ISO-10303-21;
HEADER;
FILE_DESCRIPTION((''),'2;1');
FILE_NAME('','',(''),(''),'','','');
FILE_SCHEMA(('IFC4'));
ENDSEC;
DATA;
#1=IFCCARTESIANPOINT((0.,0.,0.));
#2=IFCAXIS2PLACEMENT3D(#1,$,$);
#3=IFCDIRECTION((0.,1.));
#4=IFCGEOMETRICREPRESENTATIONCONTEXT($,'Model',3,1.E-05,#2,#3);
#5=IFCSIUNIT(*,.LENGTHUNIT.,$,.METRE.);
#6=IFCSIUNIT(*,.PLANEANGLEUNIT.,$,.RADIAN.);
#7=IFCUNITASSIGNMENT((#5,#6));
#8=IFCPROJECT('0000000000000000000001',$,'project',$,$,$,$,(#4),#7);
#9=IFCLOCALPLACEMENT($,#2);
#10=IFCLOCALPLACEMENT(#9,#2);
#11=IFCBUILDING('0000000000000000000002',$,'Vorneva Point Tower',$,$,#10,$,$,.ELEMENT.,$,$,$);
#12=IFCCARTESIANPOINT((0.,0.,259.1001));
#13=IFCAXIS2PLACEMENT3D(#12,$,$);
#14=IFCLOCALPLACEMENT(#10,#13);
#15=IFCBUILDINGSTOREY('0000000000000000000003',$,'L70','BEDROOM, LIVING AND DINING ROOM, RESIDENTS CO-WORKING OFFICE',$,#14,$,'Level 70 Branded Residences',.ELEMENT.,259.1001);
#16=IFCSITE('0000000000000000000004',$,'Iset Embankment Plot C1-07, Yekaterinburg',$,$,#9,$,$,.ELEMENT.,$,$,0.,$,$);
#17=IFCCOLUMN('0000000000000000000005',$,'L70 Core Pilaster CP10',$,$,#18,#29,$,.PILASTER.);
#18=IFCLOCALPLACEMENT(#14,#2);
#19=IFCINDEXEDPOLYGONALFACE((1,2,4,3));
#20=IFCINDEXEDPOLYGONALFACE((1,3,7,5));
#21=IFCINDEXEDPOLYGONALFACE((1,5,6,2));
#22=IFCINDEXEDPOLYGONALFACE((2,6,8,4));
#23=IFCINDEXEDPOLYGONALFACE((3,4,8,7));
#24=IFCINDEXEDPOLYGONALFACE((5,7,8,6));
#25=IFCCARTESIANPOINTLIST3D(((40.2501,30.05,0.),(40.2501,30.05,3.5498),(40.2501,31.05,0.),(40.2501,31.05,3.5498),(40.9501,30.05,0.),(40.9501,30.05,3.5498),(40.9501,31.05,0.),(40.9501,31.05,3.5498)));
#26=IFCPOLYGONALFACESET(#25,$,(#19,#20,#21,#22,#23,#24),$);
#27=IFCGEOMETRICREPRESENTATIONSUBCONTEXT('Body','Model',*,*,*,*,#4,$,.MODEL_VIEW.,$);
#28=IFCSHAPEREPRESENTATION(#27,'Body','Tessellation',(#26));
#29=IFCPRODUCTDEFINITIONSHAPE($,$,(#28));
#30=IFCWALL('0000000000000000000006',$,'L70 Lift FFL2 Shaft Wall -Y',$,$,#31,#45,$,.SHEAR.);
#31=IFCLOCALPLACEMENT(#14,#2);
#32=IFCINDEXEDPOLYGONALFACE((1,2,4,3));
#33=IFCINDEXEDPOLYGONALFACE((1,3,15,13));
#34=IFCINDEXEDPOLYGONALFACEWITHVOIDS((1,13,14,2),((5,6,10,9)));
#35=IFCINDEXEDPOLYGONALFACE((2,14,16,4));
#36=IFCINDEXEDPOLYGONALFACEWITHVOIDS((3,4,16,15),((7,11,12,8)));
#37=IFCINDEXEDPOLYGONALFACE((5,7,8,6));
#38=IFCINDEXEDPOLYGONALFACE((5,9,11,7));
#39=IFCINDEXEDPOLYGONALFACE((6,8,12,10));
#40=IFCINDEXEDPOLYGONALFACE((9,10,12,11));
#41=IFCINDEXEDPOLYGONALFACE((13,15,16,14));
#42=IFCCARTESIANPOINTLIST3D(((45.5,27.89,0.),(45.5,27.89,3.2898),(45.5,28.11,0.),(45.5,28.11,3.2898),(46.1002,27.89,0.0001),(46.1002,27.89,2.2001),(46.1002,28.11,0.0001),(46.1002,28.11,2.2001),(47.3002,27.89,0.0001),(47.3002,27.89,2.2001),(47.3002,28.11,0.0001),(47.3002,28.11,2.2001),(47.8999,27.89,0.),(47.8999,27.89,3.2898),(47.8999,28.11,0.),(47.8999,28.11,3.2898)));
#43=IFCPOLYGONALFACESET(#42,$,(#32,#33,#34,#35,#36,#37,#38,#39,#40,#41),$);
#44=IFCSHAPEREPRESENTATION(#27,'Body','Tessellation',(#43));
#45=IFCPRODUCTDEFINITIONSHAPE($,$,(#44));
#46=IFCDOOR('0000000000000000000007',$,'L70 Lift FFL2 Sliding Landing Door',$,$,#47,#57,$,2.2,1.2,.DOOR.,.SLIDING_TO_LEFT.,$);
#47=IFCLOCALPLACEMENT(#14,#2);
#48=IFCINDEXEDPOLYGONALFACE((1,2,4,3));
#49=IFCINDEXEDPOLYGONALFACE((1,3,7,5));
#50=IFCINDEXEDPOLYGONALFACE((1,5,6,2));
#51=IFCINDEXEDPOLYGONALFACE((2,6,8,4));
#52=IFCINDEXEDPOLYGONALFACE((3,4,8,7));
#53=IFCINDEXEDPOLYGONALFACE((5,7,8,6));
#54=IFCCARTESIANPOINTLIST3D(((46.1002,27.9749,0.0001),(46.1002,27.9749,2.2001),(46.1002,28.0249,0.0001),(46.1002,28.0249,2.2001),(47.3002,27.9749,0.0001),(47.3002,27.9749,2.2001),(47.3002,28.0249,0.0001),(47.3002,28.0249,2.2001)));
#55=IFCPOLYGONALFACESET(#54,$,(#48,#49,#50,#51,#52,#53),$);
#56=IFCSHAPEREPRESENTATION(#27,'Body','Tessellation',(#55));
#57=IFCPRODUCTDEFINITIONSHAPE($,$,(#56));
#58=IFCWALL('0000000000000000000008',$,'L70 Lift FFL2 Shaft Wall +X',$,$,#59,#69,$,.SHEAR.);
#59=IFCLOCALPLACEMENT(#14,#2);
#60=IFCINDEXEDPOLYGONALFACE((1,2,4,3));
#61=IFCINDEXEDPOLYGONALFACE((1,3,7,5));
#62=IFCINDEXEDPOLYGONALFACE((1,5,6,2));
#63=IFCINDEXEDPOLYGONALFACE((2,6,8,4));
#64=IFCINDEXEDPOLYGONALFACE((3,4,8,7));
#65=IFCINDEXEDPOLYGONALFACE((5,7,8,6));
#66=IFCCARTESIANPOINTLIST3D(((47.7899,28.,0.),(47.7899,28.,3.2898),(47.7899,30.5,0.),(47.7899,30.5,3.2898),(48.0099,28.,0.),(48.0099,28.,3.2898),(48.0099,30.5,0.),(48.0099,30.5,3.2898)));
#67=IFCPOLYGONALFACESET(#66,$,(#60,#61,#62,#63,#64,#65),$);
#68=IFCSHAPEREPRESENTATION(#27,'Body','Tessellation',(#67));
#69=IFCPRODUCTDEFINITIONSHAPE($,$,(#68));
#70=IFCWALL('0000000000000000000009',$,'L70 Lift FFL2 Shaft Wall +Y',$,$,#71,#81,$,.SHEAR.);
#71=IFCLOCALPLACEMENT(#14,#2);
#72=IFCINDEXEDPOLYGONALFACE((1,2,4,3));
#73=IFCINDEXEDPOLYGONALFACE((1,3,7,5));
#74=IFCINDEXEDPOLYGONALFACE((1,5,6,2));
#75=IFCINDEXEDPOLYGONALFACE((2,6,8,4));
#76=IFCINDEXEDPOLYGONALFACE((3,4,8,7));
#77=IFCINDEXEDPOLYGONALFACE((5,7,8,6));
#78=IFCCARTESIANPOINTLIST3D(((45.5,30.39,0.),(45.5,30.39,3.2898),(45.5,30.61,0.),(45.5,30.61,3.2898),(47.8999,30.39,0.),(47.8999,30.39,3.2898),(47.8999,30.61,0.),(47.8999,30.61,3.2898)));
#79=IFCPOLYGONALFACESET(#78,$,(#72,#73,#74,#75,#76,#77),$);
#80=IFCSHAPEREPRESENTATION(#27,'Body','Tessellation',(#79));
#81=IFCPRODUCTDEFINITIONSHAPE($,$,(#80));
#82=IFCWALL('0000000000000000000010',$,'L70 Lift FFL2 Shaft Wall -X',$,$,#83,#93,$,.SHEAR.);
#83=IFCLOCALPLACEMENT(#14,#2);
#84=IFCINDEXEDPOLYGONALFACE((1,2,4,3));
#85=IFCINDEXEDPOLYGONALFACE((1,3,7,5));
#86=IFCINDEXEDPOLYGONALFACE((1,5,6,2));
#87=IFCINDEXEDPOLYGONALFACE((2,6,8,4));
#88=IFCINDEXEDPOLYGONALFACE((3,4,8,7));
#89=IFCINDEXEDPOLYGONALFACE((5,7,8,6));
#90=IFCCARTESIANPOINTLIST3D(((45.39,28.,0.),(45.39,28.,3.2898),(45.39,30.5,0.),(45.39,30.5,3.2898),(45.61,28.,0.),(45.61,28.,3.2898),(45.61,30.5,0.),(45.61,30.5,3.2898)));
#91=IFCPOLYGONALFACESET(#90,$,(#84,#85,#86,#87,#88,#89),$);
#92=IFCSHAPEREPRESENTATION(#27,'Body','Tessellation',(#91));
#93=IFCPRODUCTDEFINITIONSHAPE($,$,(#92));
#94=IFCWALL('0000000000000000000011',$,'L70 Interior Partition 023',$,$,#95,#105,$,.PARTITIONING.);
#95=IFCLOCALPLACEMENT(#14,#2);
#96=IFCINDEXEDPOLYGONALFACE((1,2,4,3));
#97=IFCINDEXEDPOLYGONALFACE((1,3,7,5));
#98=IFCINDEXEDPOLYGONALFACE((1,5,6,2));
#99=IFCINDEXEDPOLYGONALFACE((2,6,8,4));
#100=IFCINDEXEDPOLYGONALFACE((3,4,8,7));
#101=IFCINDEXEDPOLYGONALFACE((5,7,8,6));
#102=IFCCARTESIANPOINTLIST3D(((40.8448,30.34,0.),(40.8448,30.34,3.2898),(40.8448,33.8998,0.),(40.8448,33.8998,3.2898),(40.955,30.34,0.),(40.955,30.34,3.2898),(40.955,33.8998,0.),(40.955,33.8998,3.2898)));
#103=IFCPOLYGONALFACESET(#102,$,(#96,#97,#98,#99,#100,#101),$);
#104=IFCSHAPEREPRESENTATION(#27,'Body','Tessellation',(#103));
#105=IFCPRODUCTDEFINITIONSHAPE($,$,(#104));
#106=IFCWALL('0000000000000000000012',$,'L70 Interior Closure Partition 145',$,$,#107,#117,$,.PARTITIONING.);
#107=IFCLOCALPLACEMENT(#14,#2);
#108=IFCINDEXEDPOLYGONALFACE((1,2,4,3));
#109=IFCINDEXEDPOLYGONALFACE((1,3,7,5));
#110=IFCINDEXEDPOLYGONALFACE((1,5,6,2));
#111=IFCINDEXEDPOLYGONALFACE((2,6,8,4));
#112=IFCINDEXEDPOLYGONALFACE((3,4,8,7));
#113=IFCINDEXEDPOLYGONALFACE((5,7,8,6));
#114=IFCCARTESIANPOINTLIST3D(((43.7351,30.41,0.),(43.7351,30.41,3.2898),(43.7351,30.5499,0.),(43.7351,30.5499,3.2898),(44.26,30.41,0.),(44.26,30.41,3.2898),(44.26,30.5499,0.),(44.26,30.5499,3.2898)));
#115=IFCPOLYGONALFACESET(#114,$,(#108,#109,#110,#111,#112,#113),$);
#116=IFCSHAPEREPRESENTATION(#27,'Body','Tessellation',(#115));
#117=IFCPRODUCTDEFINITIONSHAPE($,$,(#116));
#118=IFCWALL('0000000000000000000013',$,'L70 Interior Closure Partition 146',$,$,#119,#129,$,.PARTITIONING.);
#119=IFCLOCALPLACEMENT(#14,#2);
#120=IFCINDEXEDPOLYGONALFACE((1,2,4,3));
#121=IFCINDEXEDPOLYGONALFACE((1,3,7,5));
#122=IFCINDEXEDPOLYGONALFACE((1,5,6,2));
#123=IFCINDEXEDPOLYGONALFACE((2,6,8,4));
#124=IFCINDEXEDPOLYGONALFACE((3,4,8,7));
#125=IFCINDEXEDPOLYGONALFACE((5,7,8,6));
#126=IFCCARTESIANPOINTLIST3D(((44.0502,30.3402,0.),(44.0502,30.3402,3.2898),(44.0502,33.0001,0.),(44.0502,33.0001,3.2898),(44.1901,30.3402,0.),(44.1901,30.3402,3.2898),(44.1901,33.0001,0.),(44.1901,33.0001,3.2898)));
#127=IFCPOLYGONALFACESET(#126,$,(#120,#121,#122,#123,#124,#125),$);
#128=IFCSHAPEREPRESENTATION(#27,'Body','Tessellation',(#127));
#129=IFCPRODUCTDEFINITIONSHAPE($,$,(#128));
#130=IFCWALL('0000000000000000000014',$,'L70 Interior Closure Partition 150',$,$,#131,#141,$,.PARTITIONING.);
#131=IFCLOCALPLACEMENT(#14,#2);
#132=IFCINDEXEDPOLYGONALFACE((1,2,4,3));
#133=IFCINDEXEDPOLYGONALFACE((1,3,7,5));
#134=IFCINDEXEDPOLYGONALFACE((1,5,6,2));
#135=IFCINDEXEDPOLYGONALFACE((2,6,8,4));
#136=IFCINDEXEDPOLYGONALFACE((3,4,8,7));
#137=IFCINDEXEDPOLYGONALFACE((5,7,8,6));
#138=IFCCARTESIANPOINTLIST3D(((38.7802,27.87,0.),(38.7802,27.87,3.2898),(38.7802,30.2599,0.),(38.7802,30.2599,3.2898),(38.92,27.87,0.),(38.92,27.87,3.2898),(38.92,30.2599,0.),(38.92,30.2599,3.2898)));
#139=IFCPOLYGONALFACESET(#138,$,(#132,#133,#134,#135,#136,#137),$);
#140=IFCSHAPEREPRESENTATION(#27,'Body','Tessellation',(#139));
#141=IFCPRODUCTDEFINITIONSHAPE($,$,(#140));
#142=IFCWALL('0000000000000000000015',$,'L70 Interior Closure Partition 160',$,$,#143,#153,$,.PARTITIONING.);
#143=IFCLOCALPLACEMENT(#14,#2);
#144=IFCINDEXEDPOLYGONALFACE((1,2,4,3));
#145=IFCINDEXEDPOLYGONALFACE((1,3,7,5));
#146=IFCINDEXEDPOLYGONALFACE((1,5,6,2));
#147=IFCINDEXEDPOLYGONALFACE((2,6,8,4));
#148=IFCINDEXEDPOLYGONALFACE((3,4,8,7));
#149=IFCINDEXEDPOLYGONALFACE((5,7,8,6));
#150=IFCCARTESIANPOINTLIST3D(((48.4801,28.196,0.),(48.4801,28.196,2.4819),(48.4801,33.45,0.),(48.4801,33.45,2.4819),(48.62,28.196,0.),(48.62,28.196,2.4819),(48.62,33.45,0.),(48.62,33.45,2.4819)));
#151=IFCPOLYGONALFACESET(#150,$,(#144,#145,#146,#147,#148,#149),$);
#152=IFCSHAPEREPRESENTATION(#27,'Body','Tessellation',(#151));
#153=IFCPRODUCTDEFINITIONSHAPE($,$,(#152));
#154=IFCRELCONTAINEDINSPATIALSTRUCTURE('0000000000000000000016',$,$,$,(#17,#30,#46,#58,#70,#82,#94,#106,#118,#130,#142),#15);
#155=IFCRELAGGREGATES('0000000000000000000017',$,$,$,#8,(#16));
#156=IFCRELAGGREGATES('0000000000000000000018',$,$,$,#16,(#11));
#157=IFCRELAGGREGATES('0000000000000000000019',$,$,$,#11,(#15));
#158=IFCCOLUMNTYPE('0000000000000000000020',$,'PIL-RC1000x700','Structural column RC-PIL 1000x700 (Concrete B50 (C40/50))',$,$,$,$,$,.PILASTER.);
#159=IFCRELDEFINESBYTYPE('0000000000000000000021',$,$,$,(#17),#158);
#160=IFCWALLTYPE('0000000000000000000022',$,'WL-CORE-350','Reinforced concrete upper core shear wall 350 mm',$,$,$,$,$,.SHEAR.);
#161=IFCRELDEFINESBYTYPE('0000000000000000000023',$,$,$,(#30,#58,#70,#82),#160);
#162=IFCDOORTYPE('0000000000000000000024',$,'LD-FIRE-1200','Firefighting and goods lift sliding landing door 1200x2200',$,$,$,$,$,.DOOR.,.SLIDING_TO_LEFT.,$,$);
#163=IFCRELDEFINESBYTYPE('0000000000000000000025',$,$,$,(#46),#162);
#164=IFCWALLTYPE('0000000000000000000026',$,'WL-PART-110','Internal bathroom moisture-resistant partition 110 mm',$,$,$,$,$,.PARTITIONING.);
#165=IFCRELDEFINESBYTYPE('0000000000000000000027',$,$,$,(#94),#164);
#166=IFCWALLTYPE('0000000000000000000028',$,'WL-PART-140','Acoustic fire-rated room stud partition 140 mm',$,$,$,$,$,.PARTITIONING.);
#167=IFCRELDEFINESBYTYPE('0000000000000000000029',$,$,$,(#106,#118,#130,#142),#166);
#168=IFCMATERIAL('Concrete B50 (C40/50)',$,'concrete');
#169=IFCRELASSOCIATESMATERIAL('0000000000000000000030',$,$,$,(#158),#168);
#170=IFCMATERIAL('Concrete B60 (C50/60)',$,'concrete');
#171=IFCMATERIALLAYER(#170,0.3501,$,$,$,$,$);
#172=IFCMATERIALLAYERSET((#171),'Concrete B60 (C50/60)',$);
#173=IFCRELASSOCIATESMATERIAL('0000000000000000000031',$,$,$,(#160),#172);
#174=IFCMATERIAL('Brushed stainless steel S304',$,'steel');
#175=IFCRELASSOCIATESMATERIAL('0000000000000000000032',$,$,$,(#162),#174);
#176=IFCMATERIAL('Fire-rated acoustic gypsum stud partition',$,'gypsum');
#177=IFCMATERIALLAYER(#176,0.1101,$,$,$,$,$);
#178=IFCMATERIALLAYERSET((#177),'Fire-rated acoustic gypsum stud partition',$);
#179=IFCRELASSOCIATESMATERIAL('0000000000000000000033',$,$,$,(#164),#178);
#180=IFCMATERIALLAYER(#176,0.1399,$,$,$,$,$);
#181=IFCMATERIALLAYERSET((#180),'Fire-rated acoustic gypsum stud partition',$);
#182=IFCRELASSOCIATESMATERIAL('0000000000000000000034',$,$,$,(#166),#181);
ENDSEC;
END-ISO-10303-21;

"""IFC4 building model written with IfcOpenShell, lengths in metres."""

from ifc_helpers import new_model, si_unit, direction, frame, frame_2d, origin, origin_2d, place, context, subcontext, project, spatial, rectangle, extrude, material, layer, layer_set, material_profile, profile_set, type_object, element, fill, save


model = new_model("IFC4")

# Units and contexts
model_context = context("Model", 3, precision=1e-05, world=origin(), true_north=direction((0.0, 1.0)))
body_context = subcontext(model_context, "Body", "Model", "MODEL_VIEW")
ifc_project = project(units=[si_unit("LENGTHUNIT", "METRE"), si_unit("PLANEANGLEUNIT", "RADIAN")], contexts=[model_context])

# Site, building, storey
site_placement = place(None, origin())
site = spatial("IfcSite", under=ifc_project, at=site_placement, Name="Iset Embankment Plot C1-07, Yekaterinburg", CompositionType="ELEMENT", RefElevation=0.0)
building_placement = place(site_placement, origin())
building = spatial("IfcBuilding", under=site, at=building_placement, Name="Vorneva Point Tower", CompositionType="ELEMENT")
storey_placement = place(building_placement, frame((0.0, 0.0, 259.1001)))
storey = spatial("IfcBuildingStorey", under=building, at=storey_placement, Name="L70", Description="BEDROOM, LIVING AND DINING ROOM, RESIDENTS CO-WORKING OFFICE", LongName="Level 70 Branded Residences", CompositionType="ELEMENT", Elevation=259.1001)

# Column
ifc_material_1 = material(Name="Concrete B50 (C40/50)", Category="concrete")
ifc_material_profile = material_profile(ifc_material_1, rectangle(XDim=0.7, YDim=1.0, at=origin_2d()), Name="RC-PIL 1000x700")
ifc_profile_set = profile_set([ifc_material_profile], Name="Concrete B50 (C40/50)")
column_type = type_object("IfcColumnType", Name="PIL-RC1000x700", Description="Structural column RC-PIL 1000x700 (Concrete B50 (C40/50))", PredefinedType="PILASTER", material=ifc_profile_set)
column_placement = place(storey_placement, frame((40.6001, 30.55, 0.0), z_axis=(0.0, 0.0, 1.0), x_axis=(1.0, 0.0, 0.0)))
element("IfcColumn", 1, at=column_placement, inside=storey, type_object=column_type, Name="L70 Core Pilaster CP10", PredefinedType="PILASTER", context=body_context, shape_type="SweptSolid", body=[
    extrude(rectangle(XDim=0.7, YDim=1.0, at=origin_2d()), origin(), (0.0, 0.0, 1.0), 3.5498),
])

# Wall, opening, door
ifc_material_2 = material(Name="Concrete B60 (C50/60)", Category="concrete")
ifc_layer_1 = layer(ifc_material_2, 0.3501)
ifc_layer_set_1 = layer_set([ifc_layer_1], Name="Concrete B60 (C50/60)")
wall_type_1 = type_object("IfcWallType", Name="WL-CORE-350", Description="Reinforced concrete upper core shear wall 350 mm", PredefinedType="SHEAR", material=ifc_layer_set_1)
wall_1_placement = place(storey_placement, frame((45.5, 28.0, 0.0), z_axis=(0.0, 0.0, 1.0), x_axis=(1.0, 0.0, 0.0)))
wall_1 = element("IfcWall", 2, at=wall_1_placement, inside=storey, type_object=wall_type_1, Name="L70 Lift FFL2 Shaft Wall -Y", PredefinedType="SHEAR", context=body_context, shape_type="SweptSolid", body=[
    extrude(rectangle(XDim=2.3999, YDim=0.22, at=frame_2d((1.2, 0.0))), origin(), (0.0, 0.0, 1.0), 3.2898),
])
opening_1_placement = place(wall_1_placement, frame((0.6001, 0.0, 0.0)))
opening_1 = element("IfcOpeningElement", 3, at=opening_1_placement, cuts=wall_1, PredefinedType="OPENING", context=body_context, shape_type="SweptSolid", body=[
    extrude(rectangle(XDim=1.2, YDim=2.2, at=frame_2d((0.6001, 1.1001))), frame((0.0, 0.125, 0.0), z_axis=(0.0, -1.0, 0.0), x_axis=(1.0, 0.0, 0.0)), (0.0, 0.0, 1.0), 0.2498),
])
ifc_material_3 = material(Name="Brushed stainless steel S304", Category="steel")
door_type_1 = type_object("IfcDoorType", Name="LD-FIRE-1200", Description="Firefighting and goods lift sliding landing door 1200x2200", OperationType="SLIDING_TO_LEFT", PredefinedType="DOOR", material=ifc_material_3)
door_1_placement = place(opening_1_placement, origin())
door_1 = element("IfcDoor", 4, at=door_1_placement, inside=storey, type_object=door_type_1, Name="L70 Lift FFL2 Sliding Landing Door", OperationType="SLIDING_TO_LEFT", OverallHeight=2.2, OverallWidth=1.2, PredefinedType="DOOR", context=body_context, shape_type="SweptSolid", body=[
    extrude(rectangle(XDim=1.2, YDim=2.2, at=frame_2d((0.6001, 1.1001))), frame((0.0, 0.0249, 0.0), z_axis=(0.0, -1.0, 0.0), x_axis=(1.0, 0.0, 0.0)), (0.0, 0.0, 1.0), 0.05),
])
fill(opening_1, door_1)

# Walls
wall_2_placement = place(storey_placement, frame((47.8999, 28.0, 0.0), z_axis=(0.0, 0.0, 1.0), x_axis=(0.0, 1.0, 0.0)))
element("IfcWall", 5, at=wall_2_placement, inside=storey, type_object=wall_type_1, Name="L70 Lift FFL2 Shaft Wall +X", PredefinedType="SHEAR", context=body_context, shape_type="SweptSolid", body=[
    extrude(rectangle(XDim=2.5, YDim=0.22, at=frame_2d((1.25, 0.0))), origin(), (0.0, 0.0, 1.0), 3.2898),
])
wall_3_placement = place(storey_placement, frame((47.8999, 30.5, 0.0), z_axis=(0.0, 0.0, 1.0), x_axis=(-1.0, 0.0, 0.0)))
element("IfcWall", 6, at=wall_3_placement, inside=storey, type_object=wall_type_1, Name="L70 Lift FFL2 Shaft Wall +Y", PredefinedType="SHEAR", context=body_context, shape_type="SweptSolid", body=[
    extrude(rectangle(XDim=2.3999, YDim=0.22, at=frame_2d((1.2, 0.0))), origin(), (0.0, 0.0, 1.0), 3.2898),
])
wall_4_placement = place(storey_placement, frame((45.5, 30.5, 0.0), z_axis=(0.0, 0.0, 1.0), x_axis=(0.0, -1.0, 0.0)))
element("IfcWall", 7, at=wall_4_placement, inside=storey, type_object=wall_type_1, Name="L70 Lift FFL2 Shaft Wall -X", PredefinedType="SHEAR", context=body_context, shape_type="SweptSolid", body=[
    extrude(rectangle(XDim=2.5, YDim=0.22, at=frame_2d((1.25, 0.0))), origin(), (0.0, 0.0, 1.0), 3.2898),
])
ifc_material_4 = material(Name="Fire-rated acoustic gypsum stud partition", Category="gypsum")
ifc_layer_2 = layer(ifc_material_4, 0.1101)
ifc_layer_set_2 = layer_set([ifc_layer_2], Name="Fire-rated acoustic gypsum stud partition")
wall_type_2 = type_object("IfcWallType", Name="WL-PART-110", Description="Internal bathroom moisture-resistant partition 110 mm", PredefinedType="PARTITIONING", material=ifc_layer_set_2)
wall_5_placement = place(storey_placement, frame((40.8999, 30.3401, 0.0), z_axis=(0.0, 0.0, 1.0), x_axis=(0.0, 1.0, 0.0)))
element("IfcWall", 8, at=wall_5_placement, inside=storey, type_object=wall_type_2, Name="L70 Interior Partition 023", PredefinedType="PARTITIONING", context=body_context, shape_type="SweptSolid", body=[
    extrude(rectangle(XDim=3.5598, YDim=0.1101, at=frame_2d((1.7798, 0.0))), origin(), (0.0, 0.0, 1.0), 3.2898),
])
ifc_layer_3 = layer(ifc_material_4, 0.1399)
ifc_layer_set_3 = layer_set([ifc_layer_3], Name="Fire-rated acoustic gypsum stud partition")
wall_type_3 = type_object("IfcWallType", Name="WL-PART-140", Description="Acoustic fire-rated room stud partition 140 mm", PredefinedType="PARTITIONING", material=ifc_layer_set_3)
wall_6_placement = place(storey_placement, frame((43.7351, 30.48, 0.0), z_axis=(0.0, 0.0, 1.0), x_axis=(1.0, 0.0, 0.0)))
element("IfcWall", 9, at=wall_6_placement, inside=storey, type_object=wall_type_3, Name="L70 Interior Closure Partition 145", PredefinedType="PARTITIONING", context=body_context, shape_type="SweptSolid", body=[
    extrude(rectangle(XDim=0.5249, YDim=0.1399, at=frame_2d((0.2625, 0.0))), origin(), (0.0, 0.0, 1.0), 3.2898),
])
wall_7_placement = place(storey_placement, frame((44.1201, 30.3401, 0.0), z_axis=(0.0, 0.0, 1.0), x_axis=(0.0, 1.0, 0.0)))
element("IfcWall", 10, at=wall_7_placement, inside=storey, type_object=wall_type_3, Name="L70 Interior Closure Partition 146", PredefinedType="PARTITIONING", context=body_context, shape_type="SweptSolid", body=[
    extrude(rectangle(XDim=2.6599, YDim=0.1399, at=frame_2d((1.3301, 0.0))), origin(), (0.0, 0.0, 1.0), 3.2898),
])
wall_8_placement = place(storey_placement, frame((38.8501, 27.8701, 0.0), z_axis=(0.0, 0.0, 1.0), x_axis=(0.0, 1.0, 0.0)))
element("IfcWall", 11, at=wall_8_placement, inside=storey, type_object=wall_type_3, Name="L70 Interior Closure Partition 150", PredefinedType="PARTITIONING", context=body_context, shape_type="SweptSolid", body=[
    extrude(rectangle(XDim=2.3899, YDim=0.1399, at=frame_2d((1.1948, 0.0))), origin(), (0.0, 0.0, 1.0), 3.2898),
])
wall_9_placement = place(storey_placement, frame((48.55, 28.196, 0.0), z_axis=(0.0, 0.0, 1.0), x_axis=(0.0, 1.0, 0.0)))
element("IfcWall", 12, at=wall_9_placement, inside=storey, type_object=wall_type_3, Name="L70 Interior Closure Partition 160", PredefinedType="PARTITIONING", context=body_context, shape_type="SweptSolid", body=[
    extrude(rectangle(XDim=5.2539, YDim=0.1399, at=frame_2d((2.627, 0.0))), origin(), (0.0, 0.0, 1.0), 2.4819),
])

save(model, "model.ifc")
